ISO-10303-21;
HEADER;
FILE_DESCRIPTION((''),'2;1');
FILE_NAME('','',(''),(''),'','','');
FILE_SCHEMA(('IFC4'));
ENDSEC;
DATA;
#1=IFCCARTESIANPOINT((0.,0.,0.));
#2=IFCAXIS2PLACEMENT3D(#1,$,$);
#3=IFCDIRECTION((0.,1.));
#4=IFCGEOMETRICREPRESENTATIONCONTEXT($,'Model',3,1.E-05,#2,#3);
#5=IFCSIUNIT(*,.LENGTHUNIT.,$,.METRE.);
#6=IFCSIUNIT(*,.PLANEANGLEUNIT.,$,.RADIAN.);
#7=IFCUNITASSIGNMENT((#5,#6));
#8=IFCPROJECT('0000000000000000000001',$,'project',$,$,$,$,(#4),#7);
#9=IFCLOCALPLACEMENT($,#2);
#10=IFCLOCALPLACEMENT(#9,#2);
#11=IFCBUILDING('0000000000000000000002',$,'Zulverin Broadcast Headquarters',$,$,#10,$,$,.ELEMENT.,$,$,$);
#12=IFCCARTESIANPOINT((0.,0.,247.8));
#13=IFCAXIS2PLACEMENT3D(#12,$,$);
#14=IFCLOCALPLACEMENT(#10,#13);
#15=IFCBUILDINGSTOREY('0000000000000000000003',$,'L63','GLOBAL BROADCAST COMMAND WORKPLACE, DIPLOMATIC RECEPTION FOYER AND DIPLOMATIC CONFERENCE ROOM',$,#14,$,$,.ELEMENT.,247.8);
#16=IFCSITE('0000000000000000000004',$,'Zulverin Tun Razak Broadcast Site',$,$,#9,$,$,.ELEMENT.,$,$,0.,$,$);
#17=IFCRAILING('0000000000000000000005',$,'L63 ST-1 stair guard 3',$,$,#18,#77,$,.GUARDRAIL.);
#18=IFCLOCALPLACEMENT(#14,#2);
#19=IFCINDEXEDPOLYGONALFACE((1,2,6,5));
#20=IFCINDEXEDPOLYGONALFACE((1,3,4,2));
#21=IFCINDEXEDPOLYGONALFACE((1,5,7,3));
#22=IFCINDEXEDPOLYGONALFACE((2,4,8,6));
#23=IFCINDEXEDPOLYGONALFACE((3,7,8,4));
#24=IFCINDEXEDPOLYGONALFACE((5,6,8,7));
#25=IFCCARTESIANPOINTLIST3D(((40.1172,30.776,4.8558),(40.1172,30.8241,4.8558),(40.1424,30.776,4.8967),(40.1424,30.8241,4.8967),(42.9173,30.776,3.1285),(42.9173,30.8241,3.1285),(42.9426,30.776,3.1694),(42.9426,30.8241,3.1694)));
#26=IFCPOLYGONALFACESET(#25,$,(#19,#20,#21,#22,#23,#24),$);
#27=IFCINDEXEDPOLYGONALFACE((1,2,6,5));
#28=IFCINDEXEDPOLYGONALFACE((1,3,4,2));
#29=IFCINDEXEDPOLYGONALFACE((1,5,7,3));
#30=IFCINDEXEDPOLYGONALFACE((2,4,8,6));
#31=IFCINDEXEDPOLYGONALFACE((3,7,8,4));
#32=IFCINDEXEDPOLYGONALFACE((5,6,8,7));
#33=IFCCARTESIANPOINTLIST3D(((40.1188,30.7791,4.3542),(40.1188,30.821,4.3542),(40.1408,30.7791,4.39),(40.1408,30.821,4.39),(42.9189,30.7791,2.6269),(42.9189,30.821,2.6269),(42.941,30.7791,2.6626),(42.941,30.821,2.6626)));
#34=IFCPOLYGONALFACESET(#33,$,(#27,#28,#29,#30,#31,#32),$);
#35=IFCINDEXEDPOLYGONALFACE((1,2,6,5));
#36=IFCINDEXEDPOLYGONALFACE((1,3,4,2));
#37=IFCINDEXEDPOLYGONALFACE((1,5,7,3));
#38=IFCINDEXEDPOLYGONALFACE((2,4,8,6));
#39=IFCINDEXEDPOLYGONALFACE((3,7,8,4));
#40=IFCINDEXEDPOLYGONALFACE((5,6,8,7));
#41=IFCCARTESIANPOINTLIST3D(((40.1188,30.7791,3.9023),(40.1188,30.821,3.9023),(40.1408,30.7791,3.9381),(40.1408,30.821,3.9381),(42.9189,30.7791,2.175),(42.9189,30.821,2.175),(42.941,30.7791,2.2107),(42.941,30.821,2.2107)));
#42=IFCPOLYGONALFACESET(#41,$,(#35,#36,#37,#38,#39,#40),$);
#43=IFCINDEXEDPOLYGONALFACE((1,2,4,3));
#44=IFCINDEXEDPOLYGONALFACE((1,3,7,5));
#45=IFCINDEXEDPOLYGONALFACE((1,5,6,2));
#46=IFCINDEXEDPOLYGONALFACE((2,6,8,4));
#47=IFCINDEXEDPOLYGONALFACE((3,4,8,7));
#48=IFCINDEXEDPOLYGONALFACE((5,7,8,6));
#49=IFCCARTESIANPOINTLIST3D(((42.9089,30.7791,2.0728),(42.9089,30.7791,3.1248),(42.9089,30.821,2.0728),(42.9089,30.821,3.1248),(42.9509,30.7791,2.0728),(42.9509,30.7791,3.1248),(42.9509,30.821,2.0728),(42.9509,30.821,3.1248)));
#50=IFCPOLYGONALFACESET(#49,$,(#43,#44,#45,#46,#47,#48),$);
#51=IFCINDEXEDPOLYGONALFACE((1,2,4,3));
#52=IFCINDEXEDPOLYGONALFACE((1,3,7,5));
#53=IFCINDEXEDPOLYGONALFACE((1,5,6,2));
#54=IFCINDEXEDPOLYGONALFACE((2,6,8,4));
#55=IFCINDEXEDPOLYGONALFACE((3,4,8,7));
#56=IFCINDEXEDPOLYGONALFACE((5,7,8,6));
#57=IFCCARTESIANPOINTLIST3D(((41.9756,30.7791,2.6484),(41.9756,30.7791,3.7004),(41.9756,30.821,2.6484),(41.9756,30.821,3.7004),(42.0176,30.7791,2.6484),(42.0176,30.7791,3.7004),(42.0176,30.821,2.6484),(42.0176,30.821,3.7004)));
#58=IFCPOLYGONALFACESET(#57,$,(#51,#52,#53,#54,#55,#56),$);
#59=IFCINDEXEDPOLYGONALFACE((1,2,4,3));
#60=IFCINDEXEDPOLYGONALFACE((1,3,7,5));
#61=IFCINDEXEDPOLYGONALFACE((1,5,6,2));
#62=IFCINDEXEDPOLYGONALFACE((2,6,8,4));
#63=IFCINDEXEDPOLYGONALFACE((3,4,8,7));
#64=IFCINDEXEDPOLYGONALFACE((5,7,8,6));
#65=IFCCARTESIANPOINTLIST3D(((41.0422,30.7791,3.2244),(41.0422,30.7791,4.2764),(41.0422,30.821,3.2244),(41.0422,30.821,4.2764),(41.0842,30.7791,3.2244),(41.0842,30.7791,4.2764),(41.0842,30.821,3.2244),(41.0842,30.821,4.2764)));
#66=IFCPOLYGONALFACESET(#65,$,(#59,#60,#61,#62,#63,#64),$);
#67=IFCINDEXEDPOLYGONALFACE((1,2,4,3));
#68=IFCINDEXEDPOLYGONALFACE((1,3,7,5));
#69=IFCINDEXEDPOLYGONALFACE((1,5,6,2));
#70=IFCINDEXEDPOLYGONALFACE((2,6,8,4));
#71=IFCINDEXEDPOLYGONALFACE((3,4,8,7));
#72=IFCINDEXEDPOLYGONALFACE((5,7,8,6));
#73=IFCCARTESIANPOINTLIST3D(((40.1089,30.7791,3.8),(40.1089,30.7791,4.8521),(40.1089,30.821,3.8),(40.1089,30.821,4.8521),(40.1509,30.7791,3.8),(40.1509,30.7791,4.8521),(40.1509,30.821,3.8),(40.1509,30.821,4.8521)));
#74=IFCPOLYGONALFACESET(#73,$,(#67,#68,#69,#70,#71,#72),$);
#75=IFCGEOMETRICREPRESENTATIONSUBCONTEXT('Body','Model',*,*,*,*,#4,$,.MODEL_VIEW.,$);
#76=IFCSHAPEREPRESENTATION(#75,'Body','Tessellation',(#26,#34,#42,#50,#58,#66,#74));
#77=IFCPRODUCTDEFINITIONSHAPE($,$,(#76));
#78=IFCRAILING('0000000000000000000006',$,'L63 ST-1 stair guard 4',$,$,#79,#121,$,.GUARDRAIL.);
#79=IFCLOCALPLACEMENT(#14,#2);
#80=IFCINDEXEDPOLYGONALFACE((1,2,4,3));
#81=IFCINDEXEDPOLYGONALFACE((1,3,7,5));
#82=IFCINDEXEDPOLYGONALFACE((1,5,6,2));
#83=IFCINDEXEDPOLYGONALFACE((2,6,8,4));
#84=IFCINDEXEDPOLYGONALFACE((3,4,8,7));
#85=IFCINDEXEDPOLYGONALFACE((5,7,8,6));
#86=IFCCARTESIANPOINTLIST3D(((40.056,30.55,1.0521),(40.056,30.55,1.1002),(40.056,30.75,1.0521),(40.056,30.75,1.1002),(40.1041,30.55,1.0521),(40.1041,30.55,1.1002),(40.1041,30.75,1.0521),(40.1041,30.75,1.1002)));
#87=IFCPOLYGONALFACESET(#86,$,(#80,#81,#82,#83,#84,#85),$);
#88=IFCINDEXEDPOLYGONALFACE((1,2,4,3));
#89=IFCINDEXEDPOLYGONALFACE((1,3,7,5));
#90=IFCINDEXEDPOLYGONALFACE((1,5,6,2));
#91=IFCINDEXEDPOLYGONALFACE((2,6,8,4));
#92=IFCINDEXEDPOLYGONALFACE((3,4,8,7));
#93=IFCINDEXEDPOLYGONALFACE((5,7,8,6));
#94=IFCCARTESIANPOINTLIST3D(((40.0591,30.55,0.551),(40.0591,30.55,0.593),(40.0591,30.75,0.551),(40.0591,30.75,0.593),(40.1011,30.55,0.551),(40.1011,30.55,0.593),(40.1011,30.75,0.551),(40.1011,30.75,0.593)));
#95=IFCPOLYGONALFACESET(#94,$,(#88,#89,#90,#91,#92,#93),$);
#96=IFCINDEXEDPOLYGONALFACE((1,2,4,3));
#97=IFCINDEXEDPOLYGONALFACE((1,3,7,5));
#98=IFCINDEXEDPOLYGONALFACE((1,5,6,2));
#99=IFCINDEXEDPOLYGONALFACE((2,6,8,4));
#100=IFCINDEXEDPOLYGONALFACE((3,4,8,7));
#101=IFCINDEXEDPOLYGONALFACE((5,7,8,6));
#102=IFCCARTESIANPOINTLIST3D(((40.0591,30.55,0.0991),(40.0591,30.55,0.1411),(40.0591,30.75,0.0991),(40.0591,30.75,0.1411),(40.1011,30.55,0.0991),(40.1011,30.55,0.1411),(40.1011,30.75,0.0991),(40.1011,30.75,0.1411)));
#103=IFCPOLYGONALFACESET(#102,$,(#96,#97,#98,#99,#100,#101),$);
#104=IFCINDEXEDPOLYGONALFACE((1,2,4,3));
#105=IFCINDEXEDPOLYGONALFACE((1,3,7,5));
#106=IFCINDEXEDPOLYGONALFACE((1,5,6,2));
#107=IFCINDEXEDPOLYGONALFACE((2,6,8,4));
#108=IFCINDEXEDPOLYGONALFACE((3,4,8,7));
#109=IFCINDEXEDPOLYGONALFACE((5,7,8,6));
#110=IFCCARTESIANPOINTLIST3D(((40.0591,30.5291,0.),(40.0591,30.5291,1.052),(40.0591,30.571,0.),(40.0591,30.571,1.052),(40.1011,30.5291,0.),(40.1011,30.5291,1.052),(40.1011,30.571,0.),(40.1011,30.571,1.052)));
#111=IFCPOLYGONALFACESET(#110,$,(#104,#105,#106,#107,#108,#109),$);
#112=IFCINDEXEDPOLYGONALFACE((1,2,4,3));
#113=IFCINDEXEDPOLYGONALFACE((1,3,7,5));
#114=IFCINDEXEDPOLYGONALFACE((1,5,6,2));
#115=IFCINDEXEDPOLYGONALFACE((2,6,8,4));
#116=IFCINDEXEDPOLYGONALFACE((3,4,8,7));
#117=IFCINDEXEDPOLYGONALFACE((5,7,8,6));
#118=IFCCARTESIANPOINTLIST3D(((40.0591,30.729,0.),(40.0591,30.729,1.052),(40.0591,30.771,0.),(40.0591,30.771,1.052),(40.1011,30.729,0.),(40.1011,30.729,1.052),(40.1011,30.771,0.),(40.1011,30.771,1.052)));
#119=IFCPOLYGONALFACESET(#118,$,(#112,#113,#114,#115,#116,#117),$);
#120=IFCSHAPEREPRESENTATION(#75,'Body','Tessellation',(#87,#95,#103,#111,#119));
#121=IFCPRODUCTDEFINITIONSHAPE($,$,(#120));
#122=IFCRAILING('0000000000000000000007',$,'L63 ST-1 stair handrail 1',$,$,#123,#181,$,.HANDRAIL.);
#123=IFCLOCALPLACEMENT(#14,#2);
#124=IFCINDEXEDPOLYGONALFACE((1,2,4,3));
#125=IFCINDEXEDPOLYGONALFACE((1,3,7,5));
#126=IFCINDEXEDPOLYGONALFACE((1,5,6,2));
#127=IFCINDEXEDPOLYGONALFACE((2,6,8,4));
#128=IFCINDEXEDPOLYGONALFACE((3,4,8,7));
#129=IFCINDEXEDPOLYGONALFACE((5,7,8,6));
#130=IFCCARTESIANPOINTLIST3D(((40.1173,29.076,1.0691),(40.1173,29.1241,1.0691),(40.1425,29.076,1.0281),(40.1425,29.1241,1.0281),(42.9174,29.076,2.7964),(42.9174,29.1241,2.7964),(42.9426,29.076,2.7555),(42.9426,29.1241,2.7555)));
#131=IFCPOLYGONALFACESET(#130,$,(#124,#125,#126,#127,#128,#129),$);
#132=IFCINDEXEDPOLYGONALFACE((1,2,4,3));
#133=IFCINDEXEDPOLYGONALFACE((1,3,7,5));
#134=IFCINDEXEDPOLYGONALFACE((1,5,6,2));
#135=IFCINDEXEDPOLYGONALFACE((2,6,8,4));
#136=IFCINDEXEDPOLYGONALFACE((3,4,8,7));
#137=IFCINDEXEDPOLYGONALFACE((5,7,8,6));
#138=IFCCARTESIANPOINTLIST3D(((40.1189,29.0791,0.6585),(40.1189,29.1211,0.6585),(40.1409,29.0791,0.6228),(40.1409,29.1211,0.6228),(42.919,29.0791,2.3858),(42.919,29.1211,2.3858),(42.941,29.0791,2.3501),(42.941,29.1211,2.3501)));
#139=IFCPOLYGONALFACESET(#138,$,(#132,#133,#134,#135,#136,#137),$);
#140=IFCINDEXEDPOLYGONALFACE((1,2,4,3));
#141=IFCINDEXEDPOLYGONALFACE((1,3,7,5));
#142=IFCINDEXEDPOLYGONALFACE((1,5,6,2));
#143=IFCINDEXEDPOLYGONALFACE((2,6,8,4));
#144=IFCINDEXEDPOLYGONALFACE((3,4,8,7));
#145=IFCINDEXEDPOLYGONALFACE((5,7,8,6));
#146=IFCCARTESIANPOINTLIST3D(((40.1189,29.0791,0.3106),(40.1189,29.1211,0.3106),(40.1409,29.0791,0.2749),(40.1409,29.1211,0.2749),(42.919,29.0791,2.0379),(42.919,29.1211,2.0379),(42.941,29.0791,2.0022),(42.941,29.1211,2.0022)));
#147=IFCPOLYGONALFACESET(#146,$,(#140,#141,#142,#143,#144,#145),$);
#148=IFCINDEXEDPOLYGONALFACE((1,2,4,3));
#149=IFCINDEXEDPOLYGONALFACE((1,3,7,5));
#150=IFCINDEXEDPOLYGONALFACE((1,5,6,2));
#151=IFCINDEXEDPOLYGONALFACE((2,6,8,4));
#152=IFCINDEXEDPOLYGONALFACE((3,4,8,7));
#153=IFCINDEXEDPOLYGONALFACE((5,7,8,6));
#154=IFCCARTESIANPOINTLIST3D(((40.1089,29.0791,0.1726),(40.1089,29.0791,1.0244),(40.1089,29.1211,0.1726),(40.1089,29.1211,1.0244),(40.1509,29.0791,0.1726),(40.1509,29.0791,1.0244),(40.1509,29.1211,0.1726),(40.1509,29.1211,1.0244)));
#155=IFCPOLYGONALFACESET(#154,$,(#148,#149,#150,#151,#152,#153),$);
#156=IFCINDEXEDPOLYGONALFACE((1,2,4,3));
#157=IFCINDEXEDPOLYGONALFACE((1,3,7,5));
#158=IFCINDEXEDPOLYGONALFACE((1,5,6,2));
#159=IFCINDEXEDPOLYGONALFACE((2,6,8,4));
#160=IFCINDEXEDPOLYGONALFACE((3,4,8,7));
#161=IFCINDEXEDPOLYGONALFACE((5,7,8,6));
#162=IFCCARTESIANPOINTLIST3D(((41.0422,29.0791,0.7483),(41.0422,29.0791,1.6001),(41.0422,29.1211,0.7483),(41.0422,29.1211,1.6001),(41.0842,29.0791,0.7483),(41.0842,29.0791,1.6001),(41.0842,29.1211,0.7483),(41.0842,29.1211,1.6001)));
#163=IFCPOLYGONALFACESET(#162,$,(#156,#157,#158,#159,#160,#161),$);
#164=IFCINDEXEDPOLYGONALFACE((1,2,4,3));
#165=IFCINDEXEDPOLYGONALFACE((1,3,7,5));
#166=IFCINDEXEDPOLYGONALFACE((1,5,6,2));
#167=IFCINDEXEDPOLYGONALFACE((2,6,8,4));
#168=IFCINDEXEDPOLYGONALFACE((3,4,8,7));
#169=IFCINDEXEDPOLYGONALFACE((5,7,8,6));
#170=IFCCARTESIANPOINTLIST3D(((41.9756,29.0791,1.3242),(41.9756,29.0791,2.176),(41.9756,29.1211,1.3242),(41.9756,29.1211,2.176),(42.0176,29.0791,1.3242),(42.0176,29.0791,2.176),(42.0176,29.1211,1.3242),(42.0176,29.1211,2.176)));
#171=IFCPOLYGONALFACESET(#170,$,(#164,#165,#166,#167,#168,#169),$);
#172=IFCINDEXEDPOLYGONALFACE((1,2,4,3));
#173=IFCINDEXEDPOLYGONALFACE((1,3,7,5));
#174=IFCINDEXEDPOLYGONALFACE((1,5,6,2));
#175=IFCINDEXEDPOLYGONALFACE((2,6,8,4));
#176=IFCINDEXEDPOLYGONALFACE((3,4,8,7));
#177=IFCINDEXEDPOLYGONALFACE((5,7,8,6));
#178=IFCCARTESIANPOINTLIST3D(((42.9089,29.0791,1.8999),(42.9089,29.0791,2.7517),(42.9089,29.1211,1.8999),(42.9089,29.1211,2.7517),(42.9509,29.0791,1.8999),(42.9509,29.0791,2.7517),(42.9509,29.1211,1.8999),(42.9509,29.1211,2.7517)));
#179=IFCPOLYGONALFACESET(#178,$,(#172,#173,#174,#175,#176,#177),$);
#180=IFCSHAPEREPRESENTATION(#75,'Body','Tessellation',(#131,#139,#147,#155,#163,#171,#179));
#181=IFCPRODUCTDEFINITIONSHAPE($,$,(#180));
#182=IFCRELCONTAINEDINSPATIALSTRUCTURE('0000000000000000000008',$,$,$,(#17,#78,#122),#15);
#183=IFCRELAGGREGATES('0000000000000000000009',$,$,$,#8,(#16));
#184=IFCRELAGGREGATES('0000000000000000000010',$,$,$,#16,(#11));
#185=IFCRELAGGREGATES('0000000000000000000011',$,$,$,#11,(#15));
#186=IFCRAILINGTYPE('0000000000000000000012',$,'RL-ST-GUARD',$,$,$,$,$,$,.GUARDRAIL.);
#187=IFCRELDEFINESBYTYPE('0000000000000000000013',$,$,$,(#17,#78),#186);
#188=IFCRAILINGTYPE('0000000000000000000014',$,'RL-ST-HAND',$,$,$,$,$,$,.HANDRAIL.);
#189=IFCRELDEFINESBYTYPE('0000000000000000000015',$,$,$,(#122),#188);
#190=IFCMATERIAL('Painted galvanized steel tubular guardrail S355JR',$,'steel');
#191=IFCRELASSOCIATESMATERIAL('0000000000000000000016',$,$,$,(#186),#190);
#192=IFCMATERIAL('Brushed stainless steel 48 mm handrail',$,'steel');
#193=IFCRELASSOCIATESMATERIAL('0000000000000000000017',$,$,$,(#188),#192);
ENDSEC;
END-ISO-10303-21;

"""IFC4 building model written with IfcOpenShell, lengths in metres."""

from ifc_helpers import new_model, si_unit, direction, frame, origin, origin_2d, place, context, subcontext, project, spatial, rectangle, extrude, material, type_object, element, save


model = new_model("IFC4")

# Units and contexts
model_context = context("Model", 3, precision=1e-05, world=origin(), true_north=direction((0.0, 1.0)))
body_context = subcontext(model_context, "Body", "Model", "MODEL_VIEW")
ifc_project = project(units=[si_unit("LENGTHUNIT", "METRE"), si_unit("PLANEANGLEUNIT", "RADIAN")], contexts=[model_context])

# Site, building, storey
site_placement = place(None, origin())
site = spatial("IfcSite", under=ifc_project, at=site_placement, Name="Zulverin Tun Razak Broadcast Site", CompositionType="ELEMENT", RefElevation=0.0)
building_placement = place(site_placement, origin())
building = spatial("IfcBuilding", under=site, at=building_placement, Name="Zulverin Broadcast Headquarters", CompositionType="ELEMENT")
storey_placement = place(building_placement, frame((0.0, 0.0, 247.8)))
storey = spatial("IfcBuildingStorey", under=building, at=storey_placement, Name="L63", Description="GLOBAL BROADCAST COMMAND WORKPLACE, DIPLOMATIC RECEPTION FOYER AND DIPLOMATIC CONFERENCE ROOM", CompositionType="ELEMENT", Elevation=247.8)

# Railings
ifc_material_1 = material(Name="Painted galvanized steel tubular guardrail S355JR", Category="steel")
railing_type_1 = type_object("IfcRailingType", Name="RL-ST-GUARD", PredefinedType="GUARDRAIL", material=ifc_material_1)
railing_1_placement = place(storey_placement, frame((42.9299, 30.8, 2.0728)))
element("IfcRailing", 1, at=railing_1_placement, inside=storey, type_object=railing_type_1, Name="L63 ST-1 stair guard 3", PredefinedType="GUARDRAIL", context=body_context, shape_type="SweptSolid", body=[
    extrude(rectangle(XDim=0.0481, YDim=0.0481, at=origin_2d()), frame((0.0, 0.0, 1.0762), z_axis=(-0.85109, 0.0, 0.52502), x_axis=(0.0, -1.0, 0.0)), (0.0, 0.0, 1.0), 3.29),
    extrude(rectangle(XDim=0.042, YDim=0.042, at=origin_2d()), frame((0.0, 0.0, 0.572), z_axis=(-0.85109, 0.0, 0.52502), x_axis=(0.0, -1.0, 0.0)), (0.0, 0.0, 1.0), 3.29),
    extrude(rectangle(XDim=0.042, YDim=0.042, at=origin_2d()), frame((0.0, 0.0, 0.1201), z_axis=(-0.85109, 0.0, 0.52502), x_axis=(0.0, -1.0, 0.0)), (0.0, 0.0, 1.0), 3.29),
    extrude(rectangle(XDim=0.042, YDim=0.042, at=origin_2d()), origin(), (0.0, 0.0, 1.0), 1.052),
    extrude(rectangle(XDim=0.042, YDim=0.042, at=origin_2d()), frame((-0.9333, 0.0, 0.5757)), (0.0, 0.0, 1.0), 1.052),
    extrude(rectangle(XDim=0.042, YDim=0.042, at=origin_2d()), frame((-1.8667, 0.0, 1.1516)), (0.0, 0.0, 1.0), 1.052),
    extrude(rectangle(XDim=0.042, YDim=0.042, at=origin_2d()), frame((-2.8, 0.0, 1.7273)), (0.0, 0.0, 1.0), 1.052),
])
railing_2_placement = place(storey_placement, frame((40.0801, 30.55, 0.0)))
element("IfcRailing", 2, at=railing_2_placement, inside=storey, type_object=railing_type_1, Name="L63 ST-1 stair guard 4", PredefinedType="GUARDRAIL", context=body_context, shape_type="SweptSolid", body=[
    extrude(rectangle(XDim=0.0481, YDim=0.0481, at=origin_2d()), frame((0.0, 0.0, 1.0762), z_axis=(0.0, 1.0, 0.0), x_axis=(-1.0, 0.0, 0.0)), (0.0, 0.0, 1.0), 0.2),
    extrude(rectangle(XDim=0.042, YDim=0.042, at=origin_2d()), frame((0.0, 0.0, 0.572), z_axis=(0.0, 1.0, 0.0), x_axis=(-1.0, 0.0, 0.0)), (0.0, 0.0, 1.0), 0.2),
    extrude(rectangle(XDim=0.042, YDim=0.042, at=origin_2d()), frame((0.0, 0.0, 0.1201), z_axis=(0.0, 1.0, 0.0), x_axis=(-1.0, 0.0, 0.0)), (0.0, 0.0, 1.0), 0.2),
    extrude(rectangle(XDim=0.042, YDim=0.042, at=origin_2d()), origin(), (0.0, 0.0, 1.0), 1.052),
    extrude(rectangle(XDim=0.042, YDim=0.042, at=origin_2d()), frame((0.0, 0.2, 0.0)), (0.0, 0.0, 1.0), 1.052),
])
ifc_material_2 = material(Name="Brushed stainless steel 48 mm handrail", Category="steel")
railing_type_2 = type_object("IfcRailingType", Name="RL-ST-HAND", PredefinedType="HANDRAIL", material=ifc_material_2)
railing_3_placement = place(storey_placement, frame((40.1299, 29.1001, 0.1726)))
element("IfcRailing", 3, at=railing_3_placement, inside=storey, type_object=railing_type_2, Name="L63 ST-1 stair handrail 1", PredefinedType="HANDRAIL", context=body_context, shape_type="SweptSolid", body=[
    extrude(rectangle(XDim=0.0481, YDim=0.0481, at=origin_2d()), frame((0.0, 0.0, 0.876), z_axis=(0.85109, 0.0, 0.52502), x_axis=(0.0, 1.0, 0.0)), (0.0, 0.0, 1.0), 3.29),
    extrude(rectangle(XDim=0.042, YDim=0.042, at=origin_2d()), frame((0.0, 0.0, 0.468), z_axis=(0.85109, 0.0, 0.52502), x_axis=(0.0, 1.0, 0.0)), (0.0, 0.0, 1.0), 3.29),
    extrude(rectangle(XDim=0.042, YDim=0.042, at=origin_2d()), frame((0.0, 0.0, 0.1201), z_axis=(0.85109, 0.0, 0.52502), x_axis=(0.0, 1.0, 0.0)), (0.0, 0.0, 1.0), 3.29),
    extrude(rectangle(XDim=0.042, YDim=0.042, at=origin_2d()), origin(), (0.0, 0.0, 1.0), 0.8518),
    extrude(rectangle(XDim=0.042, YDim=0.042, at=origin_2d()), frame((0.9333, 0.0, 0.5757)), (0.0, 0.0, 1.0), 0.8518),
    extrude(rectangle(XDim=0.042, YDim=0.042, at=origin_2d()), frame((1.8667, 0.0, 1.1516)), (0.0, 0.0, 1.0), 0.8518),
    extrude(rectangle(XDim=0.042, YDim=0.042, at=origin_2d()), frame((2.8, 0.0, 1.7273)), (0.0, 0.0, 1.0), 0.8518),
])

save(model, "model.ifc")
